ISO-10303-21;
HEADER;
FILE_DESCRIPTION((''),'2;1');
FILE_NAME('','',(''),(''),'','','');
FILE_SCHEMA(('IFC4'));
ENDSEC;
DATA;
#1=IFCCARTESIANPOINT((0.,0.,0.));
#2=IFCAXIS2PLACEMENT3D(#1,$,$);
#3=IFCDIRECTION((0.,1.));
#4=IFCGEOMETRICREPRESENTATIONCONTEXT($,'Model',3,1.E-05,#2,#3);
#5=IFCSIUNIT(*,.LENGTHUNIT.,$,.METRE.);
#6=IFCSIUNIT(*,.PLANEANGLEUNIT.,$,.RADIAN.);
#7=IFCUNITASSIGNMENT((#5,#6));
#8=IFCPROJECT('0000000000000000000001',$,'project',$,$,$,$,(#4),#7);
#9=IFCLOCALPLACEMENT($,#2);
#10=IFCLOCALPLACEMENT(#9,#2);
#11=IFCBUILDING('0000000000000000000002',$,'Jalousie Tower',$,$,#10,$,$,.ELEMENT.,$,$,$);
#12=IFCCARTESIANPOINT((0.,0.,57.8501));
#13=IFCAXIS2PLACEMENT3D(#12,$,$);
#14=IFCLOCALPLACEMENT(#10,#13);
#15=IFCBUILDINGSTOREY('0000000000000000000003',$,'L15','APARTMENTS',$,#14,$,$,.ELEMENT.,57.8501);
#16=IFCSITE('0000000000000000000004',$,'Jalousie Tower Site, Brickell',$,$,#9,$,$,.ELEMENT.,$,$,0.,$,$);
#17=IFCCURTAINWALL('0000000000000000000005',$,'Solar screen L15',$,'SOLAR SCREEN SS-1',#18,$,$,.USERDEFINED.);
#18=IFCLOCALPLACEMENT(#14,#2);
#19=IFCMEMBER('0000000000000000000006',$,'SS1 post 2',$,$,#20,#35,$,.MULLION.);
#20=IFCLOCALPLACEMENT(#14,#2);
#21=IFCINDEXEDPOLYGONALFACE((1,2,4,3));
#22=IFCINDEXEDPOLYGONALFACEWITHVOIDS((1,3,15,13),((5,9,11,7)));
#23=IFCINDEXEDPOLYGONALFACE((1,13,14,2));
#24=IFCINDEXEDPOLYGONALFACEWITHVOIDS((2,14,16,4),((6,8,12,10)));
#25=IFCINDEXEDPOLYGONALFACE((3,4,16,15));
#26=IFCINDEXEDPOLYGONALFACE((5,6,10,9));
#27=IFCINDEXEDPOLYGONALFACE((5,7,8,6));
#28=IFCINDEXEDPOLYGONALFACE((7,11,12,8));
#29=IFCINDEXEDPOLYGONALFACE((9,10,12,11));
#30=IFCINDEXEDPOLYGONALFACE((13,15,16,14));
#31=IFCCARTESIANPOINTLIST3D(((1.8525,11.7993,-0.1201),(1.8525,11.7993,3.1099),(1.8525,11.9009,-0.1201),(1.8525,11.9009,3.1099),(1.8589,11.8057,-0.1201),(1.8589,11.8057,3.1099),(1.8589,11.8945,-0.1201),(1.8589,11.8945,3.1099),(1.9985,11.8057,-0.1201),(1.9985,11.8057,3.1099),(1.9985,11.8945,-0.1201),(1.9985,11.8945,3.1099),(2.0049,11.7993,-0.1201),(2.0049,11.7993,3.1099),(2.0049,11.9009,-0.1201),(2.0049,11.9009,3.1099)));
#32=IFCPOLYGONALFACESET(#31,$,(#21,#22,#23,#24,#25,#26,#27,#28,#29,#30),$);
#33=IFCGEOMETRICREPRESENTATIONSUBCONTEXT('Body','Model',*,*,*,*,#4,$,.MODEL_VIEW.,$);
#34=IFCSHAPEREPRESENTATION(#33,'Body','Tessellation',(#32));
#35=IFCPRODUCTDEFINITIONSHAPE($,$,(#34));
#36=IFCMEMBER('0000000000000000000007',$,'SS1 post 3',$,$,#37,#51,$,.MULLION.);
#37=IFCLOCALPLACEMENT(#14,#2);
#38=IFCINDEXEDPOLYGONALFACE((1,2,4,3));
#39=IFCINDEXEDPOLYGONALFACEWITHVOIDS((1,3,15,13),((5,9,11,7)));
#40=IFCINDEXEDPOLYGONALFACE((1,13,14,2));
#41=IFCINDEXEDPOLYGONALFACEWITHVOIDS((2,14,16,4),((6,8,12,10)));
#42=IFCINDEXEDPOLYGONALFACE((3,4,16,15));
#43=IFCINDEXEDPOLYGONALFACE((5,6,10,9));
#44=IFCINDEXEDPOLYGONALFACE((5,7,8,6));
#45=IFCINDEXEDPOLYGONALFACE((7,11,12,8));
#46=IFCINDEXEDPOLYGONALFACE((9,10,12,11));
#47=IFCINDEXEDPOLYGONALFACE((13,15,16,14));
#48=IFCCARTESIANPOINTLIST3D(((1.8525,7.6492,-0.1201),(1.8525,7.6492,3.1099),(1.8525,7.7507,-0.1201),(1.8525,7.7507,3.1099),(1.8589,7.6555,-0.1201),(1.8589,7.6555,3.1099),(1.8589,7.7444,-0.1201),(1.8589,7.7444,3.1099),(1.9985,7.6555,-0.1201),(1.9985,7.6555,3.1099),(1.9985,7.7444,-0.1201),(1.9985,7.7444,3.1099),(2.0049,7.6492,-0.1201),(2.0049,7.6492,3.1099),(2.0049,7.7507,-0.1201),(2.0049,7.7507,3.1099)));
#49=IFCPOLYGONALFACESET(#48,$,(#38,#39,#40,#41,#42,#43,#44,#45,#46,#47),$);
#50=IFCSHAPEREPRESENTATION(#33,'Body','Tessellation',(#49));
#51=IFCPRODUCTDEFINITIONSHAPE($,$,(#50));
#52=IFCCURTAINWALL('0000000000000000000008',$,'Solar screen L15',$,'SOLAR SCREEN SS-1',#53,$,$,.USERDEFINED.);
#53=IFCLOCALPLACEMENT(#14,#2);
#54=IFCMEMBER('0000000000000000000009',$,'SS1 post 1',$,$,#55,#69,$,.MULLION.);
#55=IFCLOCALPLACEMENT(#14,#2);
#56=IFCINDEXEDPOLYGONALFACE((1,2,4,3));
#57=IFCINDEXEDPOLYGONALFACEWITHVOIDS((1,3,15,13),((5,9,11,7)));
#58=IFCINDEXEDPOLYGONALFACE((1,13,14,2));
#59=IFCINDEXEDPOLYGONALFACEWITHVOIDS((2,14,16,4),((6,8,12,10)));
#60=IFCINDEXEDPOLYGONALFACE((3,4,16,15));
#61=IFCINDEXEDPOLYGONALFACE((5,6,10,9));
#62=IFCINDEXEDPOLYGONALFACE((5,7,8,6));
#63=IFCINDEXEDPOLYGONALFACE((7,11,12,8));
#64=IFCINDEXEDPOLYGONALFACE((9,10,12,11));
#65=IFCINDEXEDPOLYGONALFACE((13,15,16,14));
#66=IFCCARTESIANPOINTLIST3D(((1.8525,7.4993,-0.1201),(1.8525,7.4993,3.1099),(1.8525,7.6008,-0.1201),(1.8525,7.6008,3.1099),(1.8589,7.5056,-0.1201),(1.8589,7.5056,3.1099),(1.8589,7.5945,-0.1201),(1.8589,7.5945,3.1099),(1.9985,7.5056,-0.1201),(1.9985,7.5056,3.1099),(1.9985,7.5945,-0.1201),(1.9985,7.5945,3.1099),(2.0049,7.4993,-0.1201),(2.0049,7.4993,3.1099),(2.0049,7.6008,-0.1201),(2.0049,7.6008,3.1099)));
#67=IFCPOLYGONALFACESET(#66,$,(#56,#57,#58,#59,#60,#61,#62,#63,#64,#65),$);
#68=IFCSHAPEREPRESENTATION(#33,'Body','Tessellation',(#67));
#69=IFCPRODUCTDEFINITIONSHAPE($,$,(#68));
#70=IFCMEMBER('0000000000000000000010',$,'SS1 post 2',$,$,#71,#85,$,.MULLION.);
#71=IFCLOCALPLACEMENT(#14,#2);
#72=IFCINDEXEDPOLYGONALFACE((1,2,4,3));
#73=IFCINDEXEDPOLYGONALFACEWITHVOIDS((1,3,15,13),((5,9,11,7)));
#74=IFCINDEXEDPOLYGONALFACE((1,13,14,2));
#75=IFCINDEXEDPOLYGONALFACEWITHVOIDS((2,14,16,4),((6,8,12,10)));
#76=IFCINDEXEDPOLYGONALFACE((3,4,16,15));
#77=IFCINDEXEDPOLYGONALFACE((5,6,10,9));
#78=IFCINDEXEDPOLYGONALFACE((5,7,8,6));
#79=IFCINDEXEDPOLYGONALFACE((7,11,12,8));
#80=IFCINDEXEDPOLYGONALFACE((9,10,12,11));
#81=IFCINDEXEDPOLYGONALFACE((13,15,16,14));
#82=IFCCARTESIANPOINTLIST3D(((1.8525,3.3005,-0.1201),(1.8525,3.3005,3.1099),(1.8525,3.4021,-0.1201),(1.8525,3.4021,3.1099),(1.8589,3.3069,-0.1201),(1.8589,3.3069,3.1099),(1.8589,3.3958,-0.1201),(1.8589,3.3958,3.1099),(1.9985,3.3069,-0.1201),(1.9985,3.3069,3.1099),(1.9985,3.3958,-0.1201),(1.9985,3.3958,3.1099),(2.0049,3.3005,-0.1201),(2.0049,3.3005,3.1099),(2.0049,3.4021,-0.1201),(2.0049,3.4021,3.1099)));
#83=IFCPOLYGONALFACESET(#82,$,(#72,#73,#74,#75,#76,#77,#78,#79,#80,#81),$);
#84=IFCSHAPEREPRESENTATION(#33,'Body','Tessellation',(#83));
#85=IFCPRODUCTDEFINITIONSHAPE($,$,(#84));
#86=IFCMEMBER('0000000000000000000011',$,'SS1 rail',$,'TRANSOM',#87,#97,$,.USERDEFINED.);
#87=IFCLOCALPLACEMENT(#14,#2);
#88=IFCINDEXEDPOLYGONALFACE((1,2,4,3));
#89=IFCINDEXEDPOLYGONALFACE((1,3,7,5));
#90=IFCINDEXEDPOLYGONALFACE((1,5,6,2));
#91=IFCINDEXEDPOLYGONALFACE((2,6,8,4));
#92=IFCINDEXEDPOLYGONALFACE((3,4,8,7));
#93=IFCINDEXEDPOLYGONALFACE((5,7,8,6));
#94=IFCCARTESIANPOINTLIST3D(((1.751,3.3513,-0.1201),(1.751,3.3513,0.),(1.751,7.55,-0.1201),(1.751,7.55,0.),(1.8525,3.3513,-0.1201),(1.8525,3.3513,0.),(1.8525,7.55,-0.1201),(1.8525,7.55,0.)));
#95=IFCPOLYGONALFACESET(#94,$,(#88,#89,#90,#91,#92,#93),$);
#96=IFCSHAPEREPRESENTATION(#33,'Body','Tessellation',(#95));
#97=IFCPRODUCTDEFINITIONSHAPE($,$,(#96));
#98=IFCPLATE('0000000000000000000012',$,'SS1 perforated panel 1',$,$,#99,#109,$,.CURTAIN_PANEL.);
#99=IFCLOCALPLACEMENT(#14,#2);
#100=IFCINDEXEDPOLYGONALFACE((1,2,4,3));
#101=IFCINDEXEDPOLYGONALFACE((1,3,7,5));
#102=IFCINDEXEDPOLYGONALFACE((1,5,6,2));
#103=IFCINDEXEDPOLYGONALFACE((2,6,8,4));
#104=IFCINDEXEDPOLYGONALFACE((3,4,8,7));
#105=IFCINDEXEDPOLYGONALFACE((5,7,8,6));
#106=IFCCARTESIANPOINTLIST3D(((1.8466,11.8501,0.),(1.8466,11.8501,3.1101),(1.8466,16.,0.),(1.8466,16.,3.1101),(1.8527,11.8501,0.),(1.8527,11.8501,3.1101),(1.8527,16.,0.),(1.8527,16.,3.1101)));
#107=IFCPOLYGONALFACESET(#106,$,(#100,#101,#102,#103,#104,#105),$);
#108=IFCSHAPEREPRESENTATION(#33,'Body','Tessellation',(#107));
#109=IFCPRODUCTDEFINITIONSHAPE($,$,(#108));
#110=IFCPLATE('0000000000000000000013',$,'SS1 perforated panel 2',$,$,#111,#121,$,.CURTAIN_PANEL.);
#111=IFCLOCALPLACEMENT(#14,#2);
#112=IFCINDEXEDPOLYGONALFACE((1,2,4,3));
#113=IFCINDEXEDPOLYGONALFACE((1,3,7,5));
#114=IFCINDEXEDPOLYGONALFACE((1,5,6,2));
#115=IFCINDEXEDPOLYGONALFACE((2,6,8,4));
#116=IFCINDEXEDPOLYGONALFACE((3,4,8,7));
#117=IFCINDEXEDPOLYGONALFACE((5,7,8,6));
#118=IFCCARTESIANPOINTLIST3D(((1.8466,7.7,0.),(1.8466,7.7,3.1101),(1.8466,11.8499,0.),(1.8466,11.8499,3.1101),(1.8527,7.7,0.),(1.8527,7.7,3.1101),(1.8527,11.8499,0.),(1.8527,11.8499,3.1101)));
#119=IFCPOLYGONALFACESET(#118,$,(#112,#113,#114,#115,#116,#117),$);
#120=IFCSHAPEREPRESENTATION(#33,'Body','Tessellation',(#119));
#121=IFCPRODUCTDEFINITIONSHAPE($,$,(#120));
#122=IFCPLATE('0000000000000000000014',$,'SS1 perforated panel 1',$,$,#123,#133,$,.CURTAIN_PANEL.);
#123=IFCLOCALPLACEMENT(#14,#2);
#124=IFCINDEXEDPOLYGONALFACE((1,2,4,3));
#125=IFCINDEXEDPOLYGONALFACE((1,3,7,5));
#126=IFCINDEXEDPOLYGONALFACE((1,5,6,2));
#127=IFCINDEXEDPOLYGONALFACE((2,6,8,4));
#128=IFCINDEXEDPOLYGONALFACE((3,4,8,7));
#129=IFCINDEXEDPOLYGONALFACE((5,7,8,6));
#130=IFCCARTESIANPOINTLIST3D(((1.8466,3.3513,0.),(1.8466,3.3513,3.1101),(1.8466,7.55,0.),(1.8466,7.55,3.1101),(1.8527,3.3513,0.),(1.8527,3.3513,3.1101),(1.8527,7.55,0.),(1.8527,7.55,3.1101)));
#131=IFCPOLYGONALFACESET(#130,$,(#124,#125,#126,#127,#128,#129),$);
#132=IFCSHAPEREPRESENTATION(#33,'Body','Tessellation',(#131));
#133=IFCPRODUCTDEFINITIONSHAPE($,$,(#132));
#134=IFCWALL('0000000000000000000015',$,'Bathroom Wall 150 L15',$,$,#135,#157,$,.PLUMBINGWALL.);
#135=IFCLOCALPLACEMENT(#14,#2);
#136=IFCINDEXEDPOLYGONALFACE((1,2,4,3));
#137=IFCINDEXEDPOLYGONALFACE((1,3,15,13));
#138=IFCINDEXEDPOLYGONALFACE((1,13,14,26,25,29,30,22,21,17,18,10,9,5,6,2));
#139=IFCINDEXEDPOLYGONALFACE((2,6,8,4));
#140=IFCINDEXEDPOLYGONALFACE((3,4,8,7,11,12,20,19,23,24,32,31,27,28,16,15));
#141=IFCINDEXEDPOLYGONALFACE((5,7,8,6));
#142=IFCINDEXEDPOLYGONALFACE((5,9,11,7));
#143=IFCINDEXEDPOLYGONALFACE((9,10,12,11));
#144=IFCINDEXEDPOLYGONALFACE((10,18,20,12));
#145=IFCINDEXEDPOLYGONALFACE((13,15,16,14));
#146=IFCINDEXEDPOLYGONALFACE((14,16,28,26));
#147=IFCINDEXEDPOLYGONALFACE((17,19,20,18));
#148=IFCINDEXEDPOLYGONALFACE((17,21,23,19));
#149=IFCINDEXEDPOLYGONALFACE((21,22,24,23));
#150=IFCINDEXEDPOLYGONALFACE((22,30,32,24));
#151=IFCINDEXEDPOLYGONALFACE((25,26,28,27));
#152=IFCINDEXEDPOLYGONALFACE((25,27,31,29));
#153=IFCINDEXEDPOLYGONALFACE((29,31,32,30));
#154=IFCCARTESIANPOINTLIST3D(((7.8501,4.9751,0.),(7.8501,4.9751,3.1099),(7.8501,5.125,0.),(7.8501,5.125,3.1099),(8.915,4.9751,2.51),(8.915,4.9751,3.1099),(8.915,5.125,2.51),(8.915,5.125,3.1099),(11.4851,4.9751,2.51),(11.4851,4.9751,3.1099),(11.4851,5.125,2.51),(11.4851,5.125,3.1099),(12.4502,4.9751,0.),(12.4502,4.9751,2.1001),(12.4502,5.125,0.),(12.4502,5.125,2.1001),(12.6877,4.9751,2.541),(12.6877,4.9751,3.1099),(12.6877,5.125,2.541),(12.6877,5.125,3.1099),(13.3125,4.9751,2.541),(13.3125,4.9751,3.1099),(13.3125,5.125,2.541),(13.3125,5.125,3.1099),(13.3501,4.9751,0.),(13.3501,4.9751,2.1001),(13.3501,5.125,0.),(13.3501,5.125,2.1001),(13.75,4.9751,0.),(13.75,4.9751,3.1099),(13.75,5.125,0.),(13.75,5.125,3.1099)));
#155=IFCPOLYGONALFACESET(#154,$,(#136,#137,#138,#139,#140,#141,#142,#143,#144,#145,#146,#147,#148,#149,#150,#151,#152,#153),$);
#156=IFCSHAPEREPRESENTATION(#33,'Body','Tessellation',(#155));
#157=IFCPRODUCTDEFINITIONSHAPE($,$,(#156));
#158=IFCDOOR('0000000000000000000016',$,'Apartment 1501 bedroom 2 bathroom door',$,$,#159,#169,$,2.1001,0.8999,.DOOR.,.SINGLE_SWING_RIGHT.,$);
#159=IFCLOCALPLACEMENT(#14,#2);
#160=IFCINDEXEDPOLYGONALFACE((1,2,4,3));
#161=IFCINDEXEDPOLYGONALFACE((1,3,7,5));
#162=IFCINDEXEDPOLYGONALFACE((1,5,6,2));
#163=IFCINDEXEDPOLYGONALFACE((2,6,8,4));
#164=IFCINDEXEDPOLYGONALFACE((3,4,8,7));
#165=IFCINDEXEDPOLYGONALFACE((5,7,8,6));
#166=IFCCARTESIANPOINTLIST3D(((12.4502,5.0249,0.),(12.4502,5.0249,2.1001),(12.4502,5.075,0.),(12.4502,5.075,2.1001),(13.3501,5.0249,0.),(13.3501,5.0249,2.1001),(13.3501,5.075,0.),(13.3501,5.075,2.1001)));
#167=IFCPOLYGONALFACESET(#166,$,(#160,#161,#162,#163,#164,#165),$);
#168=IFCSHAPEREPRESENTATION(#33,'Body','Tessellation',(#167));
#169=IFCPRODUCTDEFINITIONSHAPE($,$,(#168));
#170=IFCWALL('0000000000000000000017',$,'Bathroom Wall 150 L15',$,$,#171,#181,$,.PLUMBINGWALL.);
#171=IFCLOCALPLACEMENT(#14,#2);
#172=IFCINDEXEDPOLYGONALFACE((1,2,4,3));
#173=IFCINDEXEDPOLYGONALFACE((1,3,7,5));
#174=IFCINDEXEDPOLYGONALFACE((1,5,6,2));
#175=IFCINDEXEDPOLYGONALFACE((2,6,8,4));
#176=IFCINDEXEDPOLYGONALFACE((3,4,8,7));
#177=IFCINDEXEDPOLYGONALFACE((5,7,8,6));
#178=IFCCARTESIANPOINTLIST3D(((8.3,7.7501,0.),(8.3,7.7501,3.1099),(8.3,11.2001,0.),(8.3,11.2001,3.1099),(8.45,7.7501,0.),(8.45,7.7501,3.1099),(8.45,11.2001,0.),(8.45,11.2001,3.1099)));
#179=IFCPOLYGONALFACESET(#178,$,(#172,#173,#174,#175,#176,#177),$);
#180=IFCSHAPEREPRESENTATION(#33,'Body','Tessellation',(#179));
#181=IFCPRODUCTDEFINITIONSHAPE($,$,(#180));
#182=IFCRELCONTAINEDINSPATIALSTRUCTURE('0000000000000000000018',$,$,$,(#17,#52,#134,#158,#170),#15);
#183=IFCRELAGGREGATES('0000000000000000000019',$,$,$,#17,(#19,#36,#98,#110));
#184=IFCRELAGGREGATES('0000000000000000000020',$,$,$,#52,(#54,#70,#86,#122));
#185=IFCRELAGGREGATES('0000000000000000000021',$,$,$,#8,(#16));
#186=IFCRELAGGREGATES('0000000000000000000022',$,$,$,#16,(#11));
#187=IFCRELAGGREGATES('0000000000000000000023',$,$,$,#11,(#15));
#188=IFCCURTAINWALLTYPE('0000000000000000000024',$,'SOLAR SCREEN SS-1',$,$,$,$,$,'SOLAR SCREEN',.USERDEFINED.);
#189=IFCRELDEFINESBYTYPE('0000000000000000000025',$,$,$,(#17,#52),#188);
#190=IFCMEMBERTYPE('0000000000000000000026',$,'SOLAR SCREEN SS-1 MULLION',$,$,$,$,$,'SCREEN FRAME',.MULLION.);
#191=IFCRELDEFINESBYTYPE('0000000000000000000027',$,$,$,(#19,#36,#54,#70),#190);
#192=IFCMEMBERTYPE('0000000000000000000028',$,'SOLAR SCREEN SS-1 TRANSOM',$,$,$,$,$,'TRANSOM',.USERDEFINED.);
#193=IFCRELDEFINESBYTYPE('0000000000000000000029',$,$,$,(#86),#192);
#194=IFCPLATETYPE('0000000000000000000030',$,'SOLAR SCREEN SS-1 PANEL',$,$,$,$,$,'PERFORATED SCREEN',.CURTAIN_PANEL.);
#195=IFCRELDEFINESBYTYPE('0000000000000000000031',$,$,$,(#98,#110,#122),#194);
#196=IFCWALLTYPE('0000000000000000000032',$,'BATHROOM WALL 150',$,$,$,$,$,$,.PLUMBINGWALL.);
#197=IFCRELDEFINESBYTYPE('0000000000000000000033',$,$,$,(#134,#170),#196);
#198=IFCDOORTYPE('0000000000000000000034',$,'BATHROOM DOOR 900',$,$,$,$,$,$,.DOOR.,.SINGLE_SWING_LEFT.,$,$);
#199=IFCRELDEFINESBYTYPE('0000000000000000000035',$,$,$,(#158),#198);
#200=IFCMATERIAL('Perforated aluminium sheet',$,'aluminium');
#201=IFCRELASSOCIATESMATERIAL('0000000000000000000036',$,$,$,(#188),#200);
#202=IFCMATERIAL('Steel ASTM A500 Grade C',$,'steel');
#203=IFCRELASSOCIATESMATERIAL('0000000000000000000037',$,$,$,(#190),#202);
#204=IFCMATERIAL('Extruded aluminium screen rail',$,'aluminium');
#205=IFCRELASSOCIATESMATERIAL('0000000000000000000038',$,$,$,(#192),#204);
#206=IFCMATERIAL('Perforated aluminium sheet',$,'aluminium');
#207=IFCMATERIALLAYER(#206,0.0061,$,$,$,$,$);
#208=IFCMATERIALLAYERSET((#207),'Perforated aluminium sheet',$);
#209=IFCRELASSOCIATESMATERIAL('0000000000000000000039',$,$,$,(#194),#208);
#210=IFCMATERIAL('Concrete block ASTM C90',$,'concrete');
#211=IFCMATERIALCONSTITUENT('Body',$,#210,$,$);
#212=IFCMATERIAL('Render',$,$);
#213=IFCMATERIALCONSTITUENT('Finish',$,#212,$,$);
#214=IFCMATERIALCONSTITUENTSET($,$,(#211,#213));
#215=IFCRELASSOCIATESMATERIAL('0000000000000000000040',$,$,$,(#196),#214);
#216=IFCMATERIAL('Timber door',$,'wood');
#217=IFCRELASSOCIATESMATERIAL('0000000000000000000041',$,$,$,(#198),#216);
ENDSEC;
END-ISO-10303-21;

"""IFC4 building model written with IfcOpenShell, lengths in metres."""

from ifc_helpers import new_model, si_unit, direction, frame, frame_2d, origin, origin_2d, place, context, subcontext, project, spatial, polyline, rectangle, hollow_rectangle, outline, extrude, material, layer, layer_set, constituent, constituent_set, material_profile, profile_set, type_object, element, fill, aggregate, save


model = new_model("IFC4")

# Units and contexts
model_context = context("Model", 3, precision=1e-05, world=origin(), true_north=direction((0.0, 1.0)))
body_context = subcontext(model_context, "Body", "Model", "MODEL_VIEW")
ifc_project = project(units=[si_unit("LENGTHUNIT", "METRE"), si_unit("PLANEANGLEUNIT", "RADIAN")], contexts=[model_context])

# Site, building, storey
site_placement = place(None, origin())
site = spatial("IfcSite", under=ifc_project, at=site_placement, Name="Jalousie Tower Site, Brickell", CompositionType="ELEMENT", RefElevation=0.0)
building_placement = place(site_placement, origin())
building = spatial("IfcBuilding", under=site, at=building_placement, Name="Jalousie Tower", CompositionType="ELEMENT")
storey_placement = place(building_placement, frame((0.0, 0.0, 57.8501)))
storey = spatial("IfcBuildingStorey", under=building, at=storey_placement, Name="L15", Description="APARTMENTS", CompositionType="ELEMENT", Elevation=57.8501)

# Curtain walls, members
ifc_material_1 = material(Name="Perforated aluminium sheet", Category="aluminium")
curtain_wall_type = type_object("IfcCurtainWallType", Name="SOLAR SCREEN SS-1", ElementType="SOLAR SCREEN", PredefinedType="USERDEFINED", material=ifc_material_1)
curtain_wall_1_placement = place(storey_placement, origin())
curtain_wall_1 = element("IfcCurtainWall", 1, at=curtain_wall_1_placement, inside=storey, type_object=curtain_wall_type, Name="Solar screen L15", ObjectType="SOLAR SCREEN SS-1", PredefinedType="USERDEFINED")
ifc_material_2 = material(Name="Steel ASTM A500 Grade C", Category="steel")
ifc_material_profile_1 = material_profile(ifc_material_2, hollow_rectangle(XDim=0.1016, YDim=0.1523, WallThickness=0.0063, at=origin_2d()), Name="HSS6X4X1/4")
ifc_profile_set_1 = profile_set([ifc_material_profile_1], Name="Steel ASTM A500 Grade C")
member_type_1 = type_object("IfcMemberType", Name="SOLAR SCREEN SS-1 MULLION", ElementType="SCREEN FRAME", PredefinedType="MULLION", material=ifc_profile_set_1)
member_1_placement = place(storey_placement, frame((1.9287, 11.8501, -0.1201), z_axis=(0.0, 0.0, 1.0), x_axis=(0.0, -1.0, 0.0)))
member_1 = element("IfcMember", 2, at=member_1_placement, type_object=member_type_1, Name="SS1 post 2", PredefinedType="MULLION", context=body_context, shape_type="SweptSolid", body=[
    extrude(hollow_rectangle(XDim=0.1016, YDim=0.1523, WallThickness=0.0063, at=origin_2d()), origin(), (0.0, 0.0, 1.0), 3.23),
])
member_2_placement = place(storey_placement, frame((1.9287, 7.7, -0.1201), z_axis=(0.0, 0.0, 1.0), x_axis=(0.0, -1.0, 0.0)))
member_2 = element("IfcMember", 3, at=member_2_placement, type_object=member_type_1, Name="SS1 post 3", PredefinedType="MULLION", context=body_context, shape_type="SweptSolid", body=[
    extrude(hollow_rectangle(XDim=0.1016, YDim=0.1523, WallThickness=0.0063, at=origin_2d()), origin(), (0.0, 0.0, 1.0), 3.23),
])
curtain_wall_2_placement = place(storey_placement, origin())
curtain_wall_2 = element("IfcCurtainWall", 4, at=curtain_wall_2_placement, inside=storey, type_object=curtain_wall_type, Name="Solar screen L15", ObjectType="SOLAR SCREEN SS-1", PredefinedType="USERDEFINED")
member_3_placement = place(storey_placement, frame((1.9287, 7.55, -0.1201), z_axis=(0.0, 0.0, 1.0), x_axis=(0.0, -1.0, 0.0)))
member_3 = element("IfcMember", 5, at=member_3_placement, type_object=member_type_1, Name="SS1 post 1", PredefinedType="MULLION", context=body_context, shape_type="SweptSolid", body=[
    extrude(hollow_rectangle(XDim=0.1016, YDim=0.1523, WallThickness=0.0063, at=origin_2d()), origin(), (0.0, 0.0, 1.0), 3.23),
])
member_4_placement = place(storey_placement, frame((1.9287, 3.3513, -0.1201), z_axis=(0.0, 0.0, 1.0), x_axis=(0.0, -1.0, 0.0)))
member_4 = element("IfcMember", 6, at=member_4_placement, type_object=member_type_1, Name="SS1 post 2", PredefinedType="MULLION", context=body_context, shape_type="SweptSolid", body=[
    extrude(hollow_rectangle(XDim=0.1016, YDim=0.1523, WallThickness=0.0063, at=origin_2d()), origin(), (0.0, 0.0, 1.0), 3.23),
])
ifc_material_3 = material(Name="Extruded aluminium screen rail", Category="aluminium")
ifc_material_profile_2 = material_profile(ifc_material_3, rectangle(XDim=0.1016, YDim=0.1201, at=origin_2d()), Name="RAIL 102x120")
ifc_profile_set_2 = profile_set([ifc_material_profile_2], Name="Extruded aluminium screen rail")
member_type_2 = type_object("IfcMemberType", Name="SOLAR SCREEN SS-1 TRANSOM", ElementType="TRANSOM", PredefinedType="USERDEFINED", material=ifc_profile_set_2)
member_5_placement = place(storey_placement, frame((1.8018, 7.55, -0.0601), z_axis=(0.0, -1.0, 0.0), x_axis=(1.0, 0.0, 0.0)))
member_5 = element("IfcMember", 7, at=member_5_placement, type_object=member_type_2, Name="SS1 rail", ObjectType="TRANSOM", PredefinedType="USERDEFINED", context=body_context, shape_type="SweptSolid", body=[
    extrude(rectangle(XDim=0.1016, YDim=0.1201, at=origin_2d()), origin(), (0.0, 0.0, 1.0), 4.1987),
])

# Plates
ifc_material_4 = material(Name="Perforated aluminium sheet", Category="aluminium")
ifc_layer_1 = layer(ifc_material_4, 0.0061)
ifc_layer_set_1 = layer_set([ifc_layer_1], Name="Perforated aluminium sheet")
plate_type = type_object("IfcPlateType", Name="SOLAR SCREEN SS-1 PANEL", ElementType="PERFORATED SCREEN", PredefinedType="CURTAIN_PANEL", material=ifc_layer_set_1)
plate_1_placement = place(storey_placement, frame((1.8496, 13.925, 0.0), z_axis=(0.0, 0.0, 1.0), x_axis=(0.0, -1.0, 0.0)))
plate_1 = element("IfcPlate", 8, at=plate_1_placement, type_object=plate_type, Name="SS1 perforated panel 1", PredefinedType="CURTAIN_PANEL", context=body_context, shape_type="SweptSolid", body=[
    extrude(rectangle(XDim=4.1499, YDim=0.0061, at=origin_2d()), origin(), (0.0, 0.0, 1.0), 3.1101),
])
plate_2_placement = place(storey_placement, frame((1.8496, 9.7749, 0.0), z_axis=(0.0, 0.0, 1.0), x_axis=(0.0, -1.0, 0.0)))
plate_2 = element("IfcPlate", 9, at=plate_2_placement, type_object=plate_type, Name="SS1 perforated panel 2", PredefinedType="CURTAIN_PANEL", context=body_context, shape_type="SweptSolid", body=[
    extrude(rectangle(XDim=4.1499, YDim=0.0061, at=origin_2d()), origin(), (0.0, 0.0, 1.0), 3.1101),
])
aggregate(curtain_wall_1, [member_1, member_2, plate_1, plate_2])
plate_3_placement = place(storey_placement, frame((1.8496, 5.4507, 0.0), z_axis=(0.0, 0.0, 1.0), x_axis=(0.0, -1.0, 0.0)))
plate_3 = element("IfcPlate", 10, at=plate_3_placement, type_object=plate_type, Name="SS1 perforated panel 1", PredefinedType="CURTAIN_PANEL", context=body_context, shape_type="SweptSolid", body=[
    extrude(rectangle(XDim=4.1987, YDim=0.0061, at=origin_2d()), origin(), (0.0, 0.0, 1.0), 3.1101),
])
aggregate(curtain_wall_2, [member_3, member_4, member_5, plate_3])

# Wall, opening, door
ifc_material_5 = material(Name="Concrete block ASTM C90", Category="concrete")
ifc_constituent_1 = constituent(ifc_material_5, Name="Body")
ifc_material_6 = material(Name="Render")
ifc_constituent_2 = constituent(ifc_material_6, Name="Finish")
ifc_constituent_set_1 = constituent_set(constituents=[ifc_constituent_1, ifc_constituent_2])
wall_type_1 = type_object("IfcWallType", Name="BATHROOM WALL 150", PredefinedType="PLUMBINGWALL", material=ifc_constituent_set_1)
wall_1_placement = place(storey_placement, frame((7.8501, 5.05, 0.0), z_axis=(0.0, 0.0, 1.0), x_axis=(1.0, 0.0, 0.0)))
wall_1 = element("IfcWall", 11, at=wall_1_placement, inside=storey, type_object=wall_type_1, Name="Bathroom Wall 150 L15", PredefinedType="PLUMBINGWALL", context=body_context, shape_type="SweptSolid", body=[
    extrude(outline(polyline([(0.0, 0.0), (5.8999, 0.0), (5.8999, 3.1099), (5.4624, 3.1099), (5.4624, 2.541), (4.8376, 2.541), (4.8376, 3.1099), (3.635, 3.1099), (3.635, 2.51), (1.0649, 2.51), (1.0649, 3.1099), (0.0, 3.1099), (0.0, 0.0)])), frame((0.0, 0.075, 0.0), z_axis=(0.0, -1.0, 0.0), x_axis=(1.0, 0.0, 0.0)), (0.0, 0.0, 1.0), 0.1499),
])
opening_1_placement = place(wall_1_placement, frame((4.6001, 0.0, 0.0)))
opening_1 = element("IfcOpeningElement", 12, at=opening_1_placement, cuts=wall_1, PredefinedType="OPENING", context=body_context, shape_type="SweptSolid", body=[
    extrude(rectangle(XDim=0.8999, YDim=2.1001, at=frame_2d((0.45, 1.05))), frame((0.0, 0.085, 0.0), z_axis=(0.0, -1.0, 0.0), x_axis=(1.0, 0.0, 0.0)), (0.0, 0.0, 1.0), 0.1699),
])
ifc_material_7 = material(Name="Timber door", Category="wood")
door_type_1 = type_object("IfcDoorType", Name="BATHROOM DOOR 900", OperationType="SINGLE_SWING_LEFT", PredefinedType="DOOR", material=ifc_material_7)
door_1_placement = place(opening_1_placement, origin())
door_1 = element("IfcDoor", 13, at=door_1_placement, inside=storey, type_object=door_type_1, Name="Apartment 1501 bedroom 2 bathroom door", OperationType="SINGLE_SWING_RIGHT", OverallHeight=2.1001, OverallWidth=0.8999, PredefinedType="DOOR", context=body_context, shape_type="SweptSolid", body=[
    extrude(rectangle(XDim=0.8999, YDim=2.1001, at=frame_2d((0.45, 1.05))), frame((0.0, 0.0249, 0.0), z_axis=(0.0, -1.0, 0.0), x_axis=(1.0, 0.0, 0.0)), (0.0, 0.0, 1.0), 0.05),
])
fill(opening_1, door_1)

# Wall
wall_2_placement = place(storey_placement, frame((8.375, 7.75, 0.0), z_axis=(0.0, 0.0, 1.0), x_axis=(0.0, 1.0, 0.0)))
element("IfcWall", 14, at=wall_2_placement, inside=storey, type_object=wall_type_1, Name="Bathroom Wall 150 L15", PredefinedType="PLUMBINGWALL", context=body_context, shape_type="SweptSolid", body=[
    extrude(rectangle(XDim=3.45, YDim=0.1499, at=frame_2d((1.7251, 0.0))), origin(), (0.0, 0.0, 1.0), 3.1099),
])

save(model, "model.ifc")
